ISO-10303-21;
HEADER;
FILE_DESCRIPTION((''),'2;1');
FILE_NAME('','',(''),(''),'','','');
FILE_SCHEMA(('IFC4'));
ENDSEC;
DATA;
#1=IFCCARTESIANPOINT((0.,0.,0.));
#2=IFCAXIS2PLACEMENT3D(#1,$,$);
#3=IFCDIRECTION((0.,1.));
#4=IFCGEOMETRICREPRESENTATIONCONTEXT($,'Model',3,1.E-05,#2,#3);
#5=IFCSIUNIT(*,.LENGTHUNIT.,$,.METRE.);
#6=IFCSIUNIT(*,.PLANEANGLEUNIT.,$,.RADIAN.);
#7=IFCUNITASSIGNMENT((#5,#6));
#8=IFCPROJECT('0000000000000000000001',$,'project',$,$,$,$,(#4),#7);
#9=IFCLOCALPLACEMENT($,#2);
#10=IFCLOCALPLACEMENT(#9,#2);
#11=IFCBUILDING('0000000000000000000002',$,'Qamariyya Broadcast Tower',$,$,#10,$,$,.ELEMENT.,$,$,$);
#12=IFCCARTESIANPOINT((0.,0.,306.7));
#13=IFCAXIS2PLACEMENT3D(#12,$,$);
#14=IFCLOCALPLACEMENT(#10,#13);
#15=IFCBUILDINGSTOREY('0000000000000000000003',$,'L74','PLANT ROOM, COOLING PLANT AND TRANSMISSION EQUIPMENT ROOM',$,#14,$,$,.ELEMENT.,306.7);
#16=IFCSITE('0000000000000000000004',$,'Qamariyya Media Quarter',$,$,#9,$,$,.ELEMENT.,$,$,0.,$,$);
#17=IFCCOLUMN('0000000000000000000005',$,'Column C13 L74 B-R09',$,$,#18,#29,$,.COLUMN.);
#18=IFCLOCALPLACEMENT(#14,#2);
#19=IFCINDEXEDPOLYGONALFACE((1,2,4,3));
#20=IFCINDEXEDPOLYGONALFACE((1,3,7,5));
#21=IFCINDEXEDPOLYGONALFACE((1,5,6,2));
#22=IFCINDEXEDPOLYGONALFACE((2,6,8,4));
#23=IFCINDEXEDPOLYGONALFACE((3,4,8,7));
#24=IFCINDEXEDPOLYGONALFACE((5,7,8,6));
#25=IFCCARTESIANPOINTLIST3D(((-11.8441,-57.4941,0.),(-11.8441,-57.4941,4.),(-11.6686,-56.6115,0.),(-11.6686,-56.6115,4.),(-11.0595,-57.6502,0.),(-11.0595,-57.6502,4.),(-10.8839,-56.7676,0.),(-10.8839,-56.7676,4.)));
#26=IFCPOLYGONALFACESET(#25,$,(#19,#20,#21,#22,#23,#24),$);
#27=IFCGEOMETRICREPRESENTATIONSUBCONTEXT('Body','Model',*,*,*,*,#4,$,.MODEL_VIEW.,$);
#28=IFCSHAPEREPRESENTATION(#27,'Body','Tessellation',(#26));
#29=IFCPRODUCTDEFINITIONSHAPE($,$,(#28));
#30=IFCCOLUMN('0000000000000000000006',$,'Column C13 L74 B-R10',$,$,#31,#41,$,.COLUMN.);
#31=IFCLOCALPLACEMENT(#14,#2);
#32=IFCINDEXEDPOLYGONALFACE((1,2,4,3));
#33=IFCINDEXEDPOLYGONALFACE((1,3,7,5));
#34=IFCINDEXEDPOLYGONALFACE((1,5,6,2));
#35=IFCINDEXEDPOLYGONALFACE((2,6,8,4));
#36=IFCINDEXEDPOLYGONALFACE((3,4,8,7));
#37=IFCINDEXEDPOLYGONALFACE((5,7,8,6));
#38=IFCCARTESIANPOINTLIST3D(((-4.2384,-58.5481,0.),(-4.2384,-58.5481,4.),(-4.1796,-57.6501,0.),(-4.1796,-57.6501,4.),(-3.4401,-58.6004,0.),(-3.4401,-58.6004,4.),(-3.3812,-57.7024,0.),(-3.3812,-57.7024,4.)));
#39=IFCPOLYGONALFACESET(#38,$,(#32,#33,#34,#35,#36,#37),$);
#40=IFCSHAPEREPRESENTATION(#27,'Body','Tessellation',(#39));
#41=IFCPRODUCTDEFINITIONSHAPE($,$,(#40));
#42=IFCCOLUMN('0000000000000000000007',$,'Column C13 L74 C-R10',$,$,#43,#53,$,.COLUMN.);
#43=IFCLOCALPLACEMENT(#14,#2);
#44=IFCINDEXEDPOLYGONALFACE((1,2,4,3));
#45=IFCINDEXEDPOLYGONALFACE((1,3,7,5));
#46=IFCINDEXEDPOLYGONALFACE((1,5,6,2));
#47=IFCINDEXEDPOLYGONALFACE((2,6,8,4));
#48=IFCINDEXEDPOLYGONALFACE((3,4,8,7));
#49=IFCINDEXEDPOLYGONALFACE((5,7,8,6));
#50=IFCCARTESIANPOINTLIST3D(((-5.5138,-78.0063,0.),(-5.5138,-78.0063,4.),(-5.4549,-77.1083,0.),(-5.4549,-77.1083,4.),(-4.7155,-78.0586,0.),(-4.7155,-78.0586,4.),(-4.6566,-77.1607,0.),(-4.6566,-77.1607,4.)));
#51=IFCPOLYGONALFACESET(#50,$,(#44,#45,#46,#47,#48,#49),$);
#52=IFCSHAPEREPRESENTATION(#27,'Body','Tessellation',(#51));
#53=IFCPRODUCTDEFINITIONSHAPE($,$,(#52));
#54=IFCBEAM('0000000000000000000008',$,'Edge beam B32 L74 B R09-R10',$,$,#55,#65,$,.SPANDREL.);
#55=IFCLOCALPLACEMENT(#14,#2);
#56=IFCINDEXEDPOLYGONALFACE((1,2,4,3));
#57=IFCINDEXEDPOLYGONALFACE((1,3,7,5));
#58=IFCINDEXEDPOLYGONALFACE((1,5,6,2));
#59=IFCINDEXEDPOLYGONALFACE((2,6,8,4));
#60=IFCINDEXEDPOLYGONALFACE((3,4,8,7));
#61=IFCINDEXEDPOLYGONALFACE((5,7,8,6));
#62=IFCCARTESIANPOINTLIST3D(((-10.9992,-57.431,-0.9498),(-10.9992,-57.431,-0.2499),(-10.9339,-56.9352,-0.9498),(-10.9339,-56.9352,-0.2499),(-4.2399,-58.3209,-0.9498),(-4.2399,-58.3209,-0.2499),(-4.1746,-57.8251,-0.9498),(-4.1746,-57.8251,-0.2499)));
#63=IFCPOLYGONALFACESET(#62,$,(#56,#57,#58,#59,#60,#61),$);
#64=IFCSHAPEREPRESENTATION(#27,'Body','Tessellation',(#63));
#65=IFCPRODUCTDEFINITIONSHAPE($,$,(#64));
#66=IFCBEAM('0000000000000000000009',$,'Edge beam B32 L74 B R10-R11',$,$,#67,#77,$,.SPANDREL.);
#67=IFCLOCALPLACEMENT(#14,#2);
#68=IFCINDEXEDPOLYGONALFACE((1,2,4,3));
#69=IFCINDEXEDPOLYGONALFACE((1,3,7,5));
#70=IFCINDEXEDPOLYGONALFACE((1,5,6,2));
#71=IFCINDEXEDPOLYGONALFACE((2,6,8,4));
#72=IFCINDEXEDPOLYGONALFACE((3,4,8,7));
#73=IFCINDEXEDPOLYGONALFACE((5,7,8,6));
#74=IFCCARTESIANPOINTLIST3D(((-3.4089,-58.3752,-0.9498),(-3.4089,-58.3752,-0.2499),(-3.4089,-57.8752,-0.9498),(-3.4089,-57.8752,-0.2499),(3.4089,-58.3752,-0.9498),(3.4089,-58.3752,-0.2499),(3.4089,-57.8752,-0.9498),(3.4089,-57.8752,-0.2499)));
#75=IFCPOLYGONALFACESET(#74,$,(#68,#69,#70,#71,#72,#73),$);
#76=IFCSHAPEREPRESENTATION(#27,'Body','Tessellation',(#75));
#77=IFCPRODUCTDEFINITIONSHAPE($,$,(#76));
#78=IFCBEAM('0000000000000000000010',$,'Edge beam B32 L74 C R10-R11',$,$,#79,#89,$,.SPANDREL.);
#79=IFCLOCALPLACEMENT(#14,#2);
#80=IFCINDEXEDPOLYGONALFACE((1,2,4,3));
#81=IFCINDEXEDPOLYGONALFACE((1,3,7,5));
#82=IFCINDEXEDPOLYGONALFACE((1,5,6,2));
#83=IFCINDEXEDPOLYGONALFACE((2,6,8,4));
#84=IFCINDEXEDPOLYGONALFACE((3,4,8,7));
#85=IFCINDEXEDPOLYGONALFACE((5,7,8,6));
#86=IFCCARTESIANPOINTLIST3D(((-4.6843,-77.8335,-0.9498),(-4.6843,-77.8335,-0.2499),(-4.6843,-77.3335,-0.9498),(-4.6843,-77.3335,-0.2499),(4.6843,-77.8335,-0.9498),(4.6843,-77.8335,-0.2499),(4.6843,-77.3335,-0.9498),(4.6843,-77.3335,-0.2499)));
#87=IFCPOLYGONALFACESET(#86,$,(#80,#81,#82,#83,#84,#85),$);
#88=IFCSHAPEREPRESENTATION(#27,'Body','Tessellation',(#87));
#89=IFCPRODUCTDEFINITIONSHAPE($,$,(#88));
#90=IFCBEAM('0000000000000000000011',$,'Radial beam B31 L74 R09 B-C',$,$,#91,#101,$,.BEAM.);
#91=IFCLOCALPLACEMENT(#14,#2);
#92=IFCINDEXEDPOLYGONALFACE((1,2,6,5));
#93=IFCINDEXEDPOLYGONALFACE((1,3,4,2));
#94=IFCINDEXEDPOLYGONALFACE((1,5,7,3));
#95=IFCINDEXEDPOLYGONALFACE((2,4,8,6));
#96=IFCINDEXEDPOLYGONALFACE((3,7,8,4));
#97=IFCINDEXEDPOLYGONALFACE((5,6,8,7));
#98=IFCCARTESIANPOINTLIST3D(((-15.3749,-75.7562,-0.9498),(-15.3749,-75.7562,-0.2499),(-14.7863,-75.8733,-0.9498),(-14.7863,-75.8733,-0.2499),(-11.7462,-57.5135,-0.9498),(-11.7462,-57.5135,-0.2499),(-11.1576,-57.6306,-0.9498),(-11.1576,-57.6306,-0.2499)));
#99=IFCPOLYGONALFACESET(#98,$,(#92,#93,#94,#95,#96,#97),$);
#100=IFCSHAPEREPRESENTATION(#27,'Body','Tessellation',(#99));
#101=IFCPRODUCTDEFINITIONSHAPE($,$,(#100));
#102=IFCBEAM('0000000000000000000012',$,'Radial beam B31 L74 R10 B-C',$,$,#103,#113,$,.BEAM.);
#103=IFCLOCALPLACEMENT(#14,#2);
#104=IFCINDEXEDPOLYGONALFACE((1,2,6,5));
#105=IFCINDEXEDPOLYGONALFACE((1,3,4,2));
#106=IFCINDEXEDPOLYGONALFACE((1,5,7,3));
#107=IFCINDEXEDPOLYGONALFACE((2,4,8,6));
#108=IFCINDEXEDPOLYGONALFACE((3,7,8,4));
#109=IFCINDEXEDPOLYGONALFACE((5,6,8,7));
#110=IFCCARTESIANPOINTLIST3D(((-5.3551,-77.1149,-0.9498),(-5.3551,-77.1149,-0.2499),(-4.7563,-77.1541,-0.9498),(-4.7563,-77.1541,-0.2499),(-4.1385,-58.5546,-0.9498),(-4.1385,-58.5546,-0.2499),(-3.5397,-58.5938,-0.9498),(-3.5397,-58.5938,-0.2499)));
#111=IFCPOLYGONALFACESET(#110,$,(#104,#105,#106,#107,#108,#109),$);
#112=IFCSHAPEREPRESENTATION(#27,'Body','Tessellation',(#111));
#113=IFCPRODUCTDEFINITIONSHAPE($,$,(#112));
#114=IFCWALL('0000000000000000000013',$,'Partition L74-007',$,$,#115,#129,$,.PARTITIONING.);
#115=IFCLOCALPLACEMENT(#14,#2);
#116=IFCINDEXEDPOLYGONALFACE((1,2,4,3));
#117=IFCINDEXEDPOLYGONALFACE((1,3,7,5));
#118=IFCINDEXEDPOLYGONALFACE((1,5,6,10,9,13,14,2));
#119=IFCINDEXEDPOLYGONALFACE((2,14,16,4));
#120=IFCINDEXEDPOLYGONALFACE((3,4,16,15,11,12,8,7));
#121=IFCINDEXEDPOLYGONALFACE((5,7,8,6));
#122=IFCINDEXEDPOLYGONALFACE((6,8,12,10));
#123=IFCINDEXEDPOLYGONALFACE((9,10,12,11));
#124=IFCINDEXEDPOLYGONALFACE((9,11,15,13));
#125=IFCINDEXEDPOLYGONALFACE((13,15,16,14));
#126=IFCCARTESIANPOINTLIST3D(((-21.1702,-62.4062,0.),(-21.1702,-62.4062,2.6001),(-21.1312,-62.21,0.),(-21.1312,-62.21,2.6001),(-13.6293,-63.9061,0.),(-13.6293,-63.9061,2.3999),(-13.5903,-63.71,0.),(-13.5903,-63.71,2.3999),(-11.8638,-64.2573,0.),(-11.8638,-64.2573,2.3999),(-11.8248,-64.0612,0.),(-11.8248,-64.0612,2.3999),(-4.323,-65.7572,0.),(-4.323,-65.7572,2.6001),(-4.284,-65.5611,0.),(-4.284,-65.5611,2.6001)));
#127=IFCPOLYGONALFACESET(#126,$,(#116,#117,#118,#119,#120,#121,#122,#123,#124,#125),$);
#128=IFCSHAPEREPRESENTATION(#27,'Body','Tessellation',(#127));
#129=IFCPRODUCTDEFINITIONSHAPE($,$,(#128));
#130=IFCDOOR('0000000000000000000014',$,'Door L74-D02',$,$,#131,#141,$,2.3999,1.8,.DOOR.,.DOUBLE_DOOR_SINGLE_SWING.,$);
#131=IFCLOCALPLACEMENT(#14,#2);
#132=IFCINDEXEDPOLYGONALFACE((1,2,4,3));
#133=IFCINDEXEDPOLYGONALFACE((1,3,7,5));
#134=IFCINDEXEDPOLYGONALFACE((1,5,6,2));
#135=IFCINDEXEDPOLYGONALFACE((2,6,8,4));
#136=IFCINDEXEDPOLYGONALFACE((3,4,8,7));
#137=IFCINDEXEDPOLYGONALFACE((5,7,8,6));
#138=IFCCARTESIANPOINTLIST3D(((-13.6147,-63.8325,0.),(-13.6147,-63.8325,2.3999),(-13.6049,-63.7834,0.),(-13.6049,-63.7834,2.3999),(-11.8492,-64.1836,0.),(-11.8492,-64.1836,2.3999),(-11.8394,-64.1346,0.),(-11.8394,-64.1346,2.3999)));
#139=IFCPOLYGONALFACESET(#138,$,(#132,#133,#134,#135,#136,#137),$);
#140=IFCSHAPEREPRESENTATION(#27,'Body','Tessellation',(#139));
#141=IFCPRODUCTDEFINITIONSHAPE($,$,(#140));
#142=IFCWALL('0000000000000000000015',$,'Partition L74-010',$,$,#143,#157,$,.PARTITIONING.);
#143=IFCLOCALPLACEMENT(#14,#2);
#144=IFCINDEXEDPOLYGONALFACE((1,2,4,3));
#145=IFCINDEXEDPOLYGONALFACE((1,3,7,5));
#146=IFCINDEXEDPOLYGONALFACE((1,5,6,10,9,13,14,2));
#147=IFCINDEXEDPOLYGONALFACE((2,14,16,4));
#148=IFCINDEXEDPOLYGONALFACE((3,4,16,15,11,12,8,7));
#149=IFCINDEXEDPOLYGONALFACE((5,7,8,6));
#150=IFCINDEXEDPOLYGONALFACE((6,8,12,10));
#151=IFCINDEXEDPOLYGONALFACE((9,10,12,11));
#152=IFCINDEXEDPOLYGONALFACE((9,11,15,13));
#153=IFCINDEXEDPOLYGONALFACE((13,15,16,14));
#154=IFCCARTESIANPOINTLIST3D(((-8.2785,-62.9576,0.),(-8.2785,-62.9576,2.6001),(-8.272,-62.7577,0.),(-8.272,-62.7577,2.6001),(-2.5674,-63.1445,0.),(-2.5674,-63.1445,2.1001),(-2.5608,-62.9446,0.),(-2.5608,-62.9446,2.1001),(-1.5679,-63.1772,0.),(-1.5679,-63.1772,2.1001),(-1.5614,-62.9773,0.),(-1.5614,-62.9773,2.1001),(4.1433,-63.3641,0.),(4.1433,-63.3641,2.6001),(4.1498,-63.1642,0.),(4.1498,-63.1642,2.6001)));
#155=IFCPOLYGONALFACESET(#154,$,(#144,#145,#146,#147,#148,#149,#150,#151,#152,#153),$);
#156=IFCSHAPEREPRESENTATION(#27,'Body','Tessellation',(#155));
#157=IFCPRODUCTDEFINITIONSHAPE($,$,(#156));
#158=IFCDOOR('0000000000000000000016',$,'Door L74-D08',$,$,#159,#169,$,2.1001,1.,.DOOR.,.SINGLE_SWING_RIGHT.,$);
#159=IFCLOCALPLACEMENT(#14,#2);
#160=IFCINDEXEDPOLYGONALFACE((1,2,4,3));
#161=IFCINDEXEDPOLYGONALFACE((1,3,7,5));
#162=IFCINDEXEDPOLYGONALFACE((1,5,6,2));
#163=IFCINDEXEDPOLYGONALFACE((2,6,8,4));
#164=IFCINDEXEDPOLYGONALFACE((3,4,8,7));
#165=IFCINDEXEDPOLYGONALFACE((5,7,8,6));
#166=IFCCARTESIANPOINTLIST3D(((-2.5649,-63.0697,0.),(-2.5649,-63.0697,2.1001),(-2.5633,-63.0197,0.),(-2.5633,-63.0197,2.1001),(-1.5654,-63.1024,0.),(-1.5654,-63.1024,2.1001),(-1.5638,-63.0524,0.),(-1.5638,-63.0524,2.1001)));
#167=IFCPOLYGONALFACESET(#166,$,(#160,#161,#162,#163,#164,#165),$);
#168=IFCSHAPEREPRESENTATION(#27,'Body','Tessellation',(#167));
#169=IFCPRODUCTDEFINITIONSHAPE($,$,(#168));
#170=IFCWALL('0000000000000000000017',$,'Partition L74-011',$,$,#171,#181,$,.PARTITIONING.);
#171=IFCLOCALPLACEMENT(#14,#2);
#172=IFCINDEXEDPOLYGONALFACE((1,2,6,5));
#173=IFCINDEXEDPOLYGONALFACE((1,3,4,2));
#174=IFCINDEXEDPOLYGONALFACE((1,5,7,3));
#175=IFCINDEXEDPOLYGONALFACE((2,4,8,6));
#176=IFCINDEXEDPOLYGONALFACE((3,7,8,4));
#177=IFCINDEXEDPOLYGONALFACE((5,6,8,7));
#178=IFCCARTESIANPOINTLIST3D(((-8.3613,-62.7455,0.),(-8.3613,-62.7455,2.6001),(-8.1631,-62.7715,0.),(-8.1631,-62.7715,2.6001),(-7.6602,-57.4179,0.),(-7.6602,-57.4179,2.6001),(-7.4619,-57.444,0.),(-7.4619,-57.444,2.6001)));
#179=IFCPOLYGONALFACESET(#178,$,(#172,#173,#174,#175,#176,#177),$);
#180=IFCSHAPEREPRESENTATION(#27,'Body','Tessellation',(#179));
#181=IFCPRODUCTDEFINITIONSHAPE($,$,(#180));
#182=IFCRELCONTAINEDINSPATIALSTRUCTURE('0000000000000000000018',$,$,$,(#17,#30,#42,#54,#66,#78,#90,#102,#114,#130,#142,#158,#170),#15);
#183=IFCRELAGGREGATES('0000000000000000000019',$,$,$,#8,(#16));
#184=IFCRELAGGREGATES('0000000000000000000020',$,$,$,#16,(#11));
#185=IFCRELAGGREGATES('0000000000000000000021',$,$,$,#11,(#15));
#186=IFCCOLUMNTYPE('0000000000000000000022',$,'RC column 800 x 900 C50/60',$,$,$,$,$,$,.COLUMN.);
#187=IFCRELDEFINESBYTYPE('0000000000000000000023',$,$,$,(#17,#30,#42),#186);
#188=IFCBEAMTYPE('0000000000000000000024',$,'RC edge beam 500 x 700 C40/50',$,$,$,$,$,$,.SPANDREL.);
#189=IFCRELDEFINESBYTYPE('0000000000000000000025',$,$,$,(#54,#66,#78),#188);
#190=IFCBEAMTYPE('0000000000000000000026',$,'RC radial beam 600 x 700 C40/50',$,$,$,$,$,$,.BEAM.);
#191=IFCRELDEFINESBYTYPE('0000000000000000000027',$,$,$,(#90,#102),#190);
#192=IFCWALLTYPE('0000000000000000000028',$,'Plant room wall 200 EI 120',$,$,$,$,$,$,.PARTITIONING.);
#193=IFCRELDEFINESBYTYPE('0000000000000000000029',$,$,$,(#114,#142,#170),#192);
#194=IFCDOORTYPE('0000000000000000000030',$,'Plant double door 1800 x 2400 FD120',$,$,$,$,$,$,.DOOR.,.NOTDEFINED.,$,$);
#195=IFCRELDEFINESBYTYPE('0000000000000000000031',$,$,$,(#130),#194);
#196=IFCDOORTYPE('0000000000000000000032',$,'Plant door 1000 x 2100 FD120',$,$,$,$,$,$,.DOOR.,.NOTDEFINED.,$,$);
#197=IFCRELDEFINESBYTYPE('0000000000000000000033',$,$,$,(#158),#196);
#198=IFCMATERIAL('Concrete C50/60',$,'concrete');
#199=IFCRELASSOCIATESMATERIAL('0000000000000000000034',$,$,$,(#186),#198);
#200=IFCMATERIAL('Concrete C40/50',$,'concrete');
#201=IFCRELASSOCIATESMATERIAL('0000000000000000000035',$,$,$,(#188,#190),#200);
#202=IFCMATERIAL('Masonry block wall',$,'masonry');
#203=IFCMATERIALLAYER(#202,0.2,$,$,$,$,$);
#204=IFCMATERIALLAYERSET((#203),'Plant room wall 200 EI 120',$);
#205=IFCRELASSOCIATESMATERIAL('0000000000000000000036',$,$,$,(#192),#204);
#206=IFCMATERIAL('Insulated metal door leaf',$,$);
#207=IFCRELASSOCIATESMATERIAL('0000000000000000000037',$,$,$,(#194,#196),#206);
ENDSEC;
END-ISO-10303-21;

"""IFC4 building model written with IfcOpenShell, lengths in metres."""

from ifc_helpers import new_model, si_unit, direction, frame, frame_2d, origin, origin_2d, place, context, subcontext, project, spatial, rectangle, extrude, material, layer, layer_set, material_profile, profile_set, type_object, element, fill, save


model = new_model("IFC4")

# Units and contexts
model_context = context("Model", 3, precision=1e-05, world=origin(), true_north=direction((0.0, 1.0)))
body_context = subcontext(model_context, "Body", "Model", "MODEL_VIEW")
ifc_project = project(units=[si_unit("LENGTHUNIT", "METRE"), si_unit("PLANEANGLEUNIT", "RADIAN")], contexts=[model_context])

# Site, building, storey
site_placement = place(None, origin())
site = spatial("IfcSite", under=ifc_project, at=site_placement, Name="Qamariyya Media Quarter", CompositionType="ELEMENT", RefElevation=0.0)
building_placement = place(site_placement, origin())
building = spatial("IfcBuilding", under=site, at=building_placement, Name="Qamariyya Broadcast Tower", CompositionType="ELEMENT")
storey_placement = place(building_placement, frame((0.0, 0.0, 306.7)))
storey = spatial("IfcBuildingStorey", under=building, at=storey_placement, Name="L74", Description="PLANT ROOM, COOLING PLANT AND TRANSMISSION EQUIPMENT ROOM", CompositionType="ELEMENT", Elevation=306.7)

# Columns
ifc_material_1 = material(Name="Concrete C50/60", Category="concrete")
ifc_material_profile_1 = material_profile(ifc_material_1, rectangle(XDim=0.8, YDim=0.8999, at=origin_2d()))
ifc_profile_set_1 = profile_set([ifc_material_profile_1], Name="Concrete C50/60")
column_type = type_object("IfcColumnType", Name="RC column 800 x 900 C50/60", PredefinedType="COLUMN", material=ifc_profile_set_1)
for number, where, z_axis, x_axis, name in (
    (1, (-11.364, -57.1309, 0.0), (0.0, 0.0, 1.0), (0.980785, -0.19509, 0.0), "Column C13 L74 B-R09"),
    (2, (-3.8098, -58.1252, 0.0), (0.0, 0.0, 1.0), (0.997859, -0.065403, 0.0), "Column C13 L74 B-R10"),
    (3, (-5.0852, -77.5835, 0.0), (0.0, 0.0, 1.0), (0.997859, -0.065403, 0.0), "Column C13 L74 C-R10"),
):
    element("IfcColumn", number, at=place(storey_placement, frame(where, z_axis=z_axis, x_axis=x_axis)), inside=storey, type_object=column_type, Name=name, PredefinedType="COLUMN", context=body_context, shape_type="SweptSolid", body=[
        extrude(rectangle(XDim=0.8, YDim=0.8999, at=origin_2d()), origin(), (0.0, 0.0, 1.0), 4.0),
    ])

# Beams
ifc_material_2 = material(Name="Concrete C40/50", Category="concrete")
ifc_material_profile_2 = material_profile(ifc_material_2, rectangle(XDim=0.5, YDim=0.7, at=origin_2d()))
ifc_profile_set_2 = profile_set([ifc_material_profile_2], Name="Concrete C40/50")
beam_type_1 = type_object("IfcBeamType", Name="RC edge beam 500 x 700 C40/50", PredefinedType="SPANDREL", material=ifc_profile_set_2)
beam_1_placement = place(storey_placement, frame((-10.9666, -57.1831, -0.5999), z_axis=(0.991445, -0.130529, 0.0), x_axis=(0.130529, 0.991445, 0.0)))
element("IfcBeam", 4, at=beam_1_placement, inside=storey, type_object=beam_type_1, Name="Edge beam B32 L74 B R09-R10", PredefinedType="SPANDREL", context=body_context, shape_type="SweptSolid", body=[
    extrude(rectangle(XDim=0.5, YDim=0.7, at=origin_2d()), origin(), (0.0, 0.0, 1.0), 6.8176),
])
beam_2_placement = place(storey_placement, frame((-3.4089, -58.1252, -0.5999), z_axis=(1.0, 0.0, 0.0), x_axis=(0.0, 1.0, 0.0)))
element("IfcBeam", 5, at=beam_2_placement, inside=storey, type_object=beam_type_1, Name="Edge beam B32 L74 B R10-R11", PredefinedType="SPANDREL", context=body_context, shape_type="SweptSolid", body=[
    extrude(rectangle(XDim=0.5, YDim=0.7, at=origin_2d()), origin(), (0.0, 0.0, 1.0), 6.8179),
])
beam_3_placement = place(storey_placement, frame((-4.6843, -77.5835, -0.5999), z_axis=(1.0, 0.0, 0.0), x_axis=(0.0, 1.0, 0.0)))
element("IfcBeam", 6, at=beam_3_placement, inside=storey, type_object=beam_type_1, Name="Edge beam B32 L74 C R10-R11", PredefinedType="SPANDREL", context=body_context, shape_type="SweptSolid", body=[
    extrude(rectangle(XDim=0.5, YDim=0.7, at=origin_2d()), origin(), (0.0, 0.0, 1.0), 9.3687),
])
ifc_material_profile_3 = material_profile(ifc_material_2, rectangle(XDim=0.6001, YDim=0.7, at=origin_2d()))
ifc_profile_set_3 = profile_set([ifc_material_profile_3], Name="Concrete C40/50")
beam_type_2 = type_object("IfcBeamType", Name="RC radial beam 600 x 700 C40/50", PredefinedType="BEAM", material=ifc_profile_set_3)
for number, where, z_axis, x_axis, name in (
    (7, (-11.4519, -57.572, -0.5999), (-0.195089, -0.980786, 0.0), (0.980786, -0.195089, 0.0), "Radial beam B31 L74 R09 B-C"),
    (8, (-3.8391, -58.5742, -0.5999), (-0.065406, -0.997859, 0.0), (0.997859, -0.065406, 0.0), "Radial beam B31 L74 R10 B-C"),
):
    element("IfcBeam", number, at=place(storey_placement, frame(where, z_axis=z_axis, x_axis=x_axis)), inside=storey, type_object=beam_type_2, Name=name, PredefinedType="BEAM", context=body_context, shape_type="SweptSolid", body=[
        extrude(rectangle(XDim=0.6001, YDim=0.7, at=origin_2d()), origin(), (0.0, 0.0, 1.0), 18.6001),
    ])

# Walls, openings, doors
ifc_material_3 = material(Name="Masonry block wall", Category="masonry")
ifc_layer_1 = layer(ifc_material_3, 0.2)
ifc_layer_set_1 = layer_set([ifc_layer_1], Name="Plant room wall 200 EI 120")
wall_type_1 = type_object("IfcWallType", Name="Plant room wall 200 EI 120", PredefinedType="PARTITIONING", material=ifc_layer_set_1)
wall_1_placement = place(storey_placement, frame((-4.3035, -65.6592, 0.0), z_axis=(0.0, 0.0, 1.0), x_axis=(-0.980786, 0.195088, 0.0)))
wall_1 = element("IfcWall", 9, at=wall_1_placement, inside=storey, type_object=wall_type_1, Name="Partition L74-007", PredefinedType="PARTITIONING", context=body_context, shape_type="SweptSolid", body=[
    extrude(rectangle(XDim=17.1772, YDim=0.2, at=frame_2d((8.5886, 0.0))), origin(), (0.0, 0.0, 1.0), 2.6001),
])
opening_1_placement = place(wall_1_placement, frame((7.6887, 0.0, 0.0)))
opening_1 = element("IfcOpeningElement", 10, at=opening_1_placement, cuts=wall_1, PredefinedType="OPENING", context=body_context, shape_type="SweptSolid", body=[
    extrude(rectangle(XDim=1.8, YDim=2.3999, at=frame_2d((0.8999, 1.2))), frame((0.0, 0.1099, 0.0), z_axis=(0.0, -1.0, 0.0), x_axis=(1.0, 0.0, 0.0)), (0.0, 0.0, 1.0), 0.22),
])
ifc_material_4 = material(Name="Insulated metal door leaf")
door_type_1 = type_object("IfcDoorType", Name="Plant double door 1800 x 2400 FD120", OperationType="NOTDEFINED", PredefinedType="DOOR", material=ifc_material_4)
door_1_placement = place(opening_1_placement, origin())
door_1 = element("IfcDoor", 11, at=door_1_placement, inside=storey, type_object=door_type_1, Name="Door L74-D02", OperationType="DOUBLE_DOOR_SINGLE_SWING", OverallHeight=2.3999, OverallWidth=1.8, PredefinedType="DOOR", context=body_context, shape_type="SweptSolid", body=[
    extrude(rectangle(XDim=1.8, YDim=2.3999, at=frame_2d((0.8999, 1.2))), frame((0.0, 0.0249, 0.0), z_axis=(0.0, -1.0, 0.0), x_axis=(1.0, 0.0, 0.0)), (0.0, 0.0, 1.0), 0.05),
])
fill(opening_1, door_1)
wall_2_placement = place(storey_placement, frame((-8.2754, -62.8577, 0.0), z_axis=(0.0, 0.0, 1.0), x_axis=(0.999465, -0.032707, 0.0)))
wall_2 = element("IfcWall", 12, at=wall_2_placement, inside=storey, type_object=wall_type_1, Name="Partition L74-010", PredefinedType="PARTITIONING", context=body_context, shape_type="SweptSolid", body=[
    extrude(rectangle(XDim=12.4285, YDim=0.2, at=frame_2d((6.2144, 0.0))), origin(), (0.0, 0.0, 1.0), 2.6001),
])
opening_2_placement = place(wall_2_placement, frame((5.7144, 0.0, 0.0)))
opening_2 = element("IfcOpeningElement", 13, at=opening_2_placement, cuts=wall_2, PredefinedType="OPENING", context=body_context, shape_type="SweptSolid", body=[
    extrude(rectangle(XDim=1.0, YDim=2.1001, at=frame_2d((0.5, 1.05))), frame((0.0, 0.1099, 0.0), z_axis=(0.0, -1.0, 0.0), x_axis=(1.0, 0.0, 0.0)), (0.0, 0.0, 1.0), 0.22),
])
door_type_2 = type_object("IfcDoorType", Name="Plant door 1000 x 2100 FD120", OperationType="NOTDEFINED", PredefinedType="DOOR", material=ifc_material_4)
door_2_placement = place(opening_2_placement, origin())
door_2 = element("IfcDoor", 14, at=door_2_placement, inside=storey, type_object=door_type_2, Name="Door L74-D08", OperationType="SINGLE_SWING_RIGHT", OverallHeight=2.1001, OverallWidth=1.0, PredefinedType="DOOR", context=body_context, shape_type="SweptSolid", body=[
    extrude(rectangle(XDim=1.0, YDim=2.1001, at=frame_2d((0.5, 1.05))), frame((0.0, 0.0249, 0.0), z_axis=(0.0, -1.0, 0.0), x_axis=(1.0, 0.0, 0.0)), (0.0, 0.0, 1.0), 0.05),
])
fill(opening_2, door_2)

# Wall
wall_3_placement = place(storey_placement, frame((-7.561, -57.4309, 0.0), z_axis=(0.0, 0.0, 1.0), x_axis=(-0.130485, -0.99145, 0.0)))
element("IfcWall", 15, at=wall_3_placement, inside=storey, type_object=wall_type_1, Name="Partition L74-011", PredefinedType="PARTITIONING", context=body_context, shape_type="SweptSolid", body=[
    extrude(rectangle(XDim=5.3735, YDim=0.2, at=frame_2d((2.6868, 0.0))), origin(), (0.0, 0.0, 1.0), 2.6001),
])

save(model, "model.ifc")
